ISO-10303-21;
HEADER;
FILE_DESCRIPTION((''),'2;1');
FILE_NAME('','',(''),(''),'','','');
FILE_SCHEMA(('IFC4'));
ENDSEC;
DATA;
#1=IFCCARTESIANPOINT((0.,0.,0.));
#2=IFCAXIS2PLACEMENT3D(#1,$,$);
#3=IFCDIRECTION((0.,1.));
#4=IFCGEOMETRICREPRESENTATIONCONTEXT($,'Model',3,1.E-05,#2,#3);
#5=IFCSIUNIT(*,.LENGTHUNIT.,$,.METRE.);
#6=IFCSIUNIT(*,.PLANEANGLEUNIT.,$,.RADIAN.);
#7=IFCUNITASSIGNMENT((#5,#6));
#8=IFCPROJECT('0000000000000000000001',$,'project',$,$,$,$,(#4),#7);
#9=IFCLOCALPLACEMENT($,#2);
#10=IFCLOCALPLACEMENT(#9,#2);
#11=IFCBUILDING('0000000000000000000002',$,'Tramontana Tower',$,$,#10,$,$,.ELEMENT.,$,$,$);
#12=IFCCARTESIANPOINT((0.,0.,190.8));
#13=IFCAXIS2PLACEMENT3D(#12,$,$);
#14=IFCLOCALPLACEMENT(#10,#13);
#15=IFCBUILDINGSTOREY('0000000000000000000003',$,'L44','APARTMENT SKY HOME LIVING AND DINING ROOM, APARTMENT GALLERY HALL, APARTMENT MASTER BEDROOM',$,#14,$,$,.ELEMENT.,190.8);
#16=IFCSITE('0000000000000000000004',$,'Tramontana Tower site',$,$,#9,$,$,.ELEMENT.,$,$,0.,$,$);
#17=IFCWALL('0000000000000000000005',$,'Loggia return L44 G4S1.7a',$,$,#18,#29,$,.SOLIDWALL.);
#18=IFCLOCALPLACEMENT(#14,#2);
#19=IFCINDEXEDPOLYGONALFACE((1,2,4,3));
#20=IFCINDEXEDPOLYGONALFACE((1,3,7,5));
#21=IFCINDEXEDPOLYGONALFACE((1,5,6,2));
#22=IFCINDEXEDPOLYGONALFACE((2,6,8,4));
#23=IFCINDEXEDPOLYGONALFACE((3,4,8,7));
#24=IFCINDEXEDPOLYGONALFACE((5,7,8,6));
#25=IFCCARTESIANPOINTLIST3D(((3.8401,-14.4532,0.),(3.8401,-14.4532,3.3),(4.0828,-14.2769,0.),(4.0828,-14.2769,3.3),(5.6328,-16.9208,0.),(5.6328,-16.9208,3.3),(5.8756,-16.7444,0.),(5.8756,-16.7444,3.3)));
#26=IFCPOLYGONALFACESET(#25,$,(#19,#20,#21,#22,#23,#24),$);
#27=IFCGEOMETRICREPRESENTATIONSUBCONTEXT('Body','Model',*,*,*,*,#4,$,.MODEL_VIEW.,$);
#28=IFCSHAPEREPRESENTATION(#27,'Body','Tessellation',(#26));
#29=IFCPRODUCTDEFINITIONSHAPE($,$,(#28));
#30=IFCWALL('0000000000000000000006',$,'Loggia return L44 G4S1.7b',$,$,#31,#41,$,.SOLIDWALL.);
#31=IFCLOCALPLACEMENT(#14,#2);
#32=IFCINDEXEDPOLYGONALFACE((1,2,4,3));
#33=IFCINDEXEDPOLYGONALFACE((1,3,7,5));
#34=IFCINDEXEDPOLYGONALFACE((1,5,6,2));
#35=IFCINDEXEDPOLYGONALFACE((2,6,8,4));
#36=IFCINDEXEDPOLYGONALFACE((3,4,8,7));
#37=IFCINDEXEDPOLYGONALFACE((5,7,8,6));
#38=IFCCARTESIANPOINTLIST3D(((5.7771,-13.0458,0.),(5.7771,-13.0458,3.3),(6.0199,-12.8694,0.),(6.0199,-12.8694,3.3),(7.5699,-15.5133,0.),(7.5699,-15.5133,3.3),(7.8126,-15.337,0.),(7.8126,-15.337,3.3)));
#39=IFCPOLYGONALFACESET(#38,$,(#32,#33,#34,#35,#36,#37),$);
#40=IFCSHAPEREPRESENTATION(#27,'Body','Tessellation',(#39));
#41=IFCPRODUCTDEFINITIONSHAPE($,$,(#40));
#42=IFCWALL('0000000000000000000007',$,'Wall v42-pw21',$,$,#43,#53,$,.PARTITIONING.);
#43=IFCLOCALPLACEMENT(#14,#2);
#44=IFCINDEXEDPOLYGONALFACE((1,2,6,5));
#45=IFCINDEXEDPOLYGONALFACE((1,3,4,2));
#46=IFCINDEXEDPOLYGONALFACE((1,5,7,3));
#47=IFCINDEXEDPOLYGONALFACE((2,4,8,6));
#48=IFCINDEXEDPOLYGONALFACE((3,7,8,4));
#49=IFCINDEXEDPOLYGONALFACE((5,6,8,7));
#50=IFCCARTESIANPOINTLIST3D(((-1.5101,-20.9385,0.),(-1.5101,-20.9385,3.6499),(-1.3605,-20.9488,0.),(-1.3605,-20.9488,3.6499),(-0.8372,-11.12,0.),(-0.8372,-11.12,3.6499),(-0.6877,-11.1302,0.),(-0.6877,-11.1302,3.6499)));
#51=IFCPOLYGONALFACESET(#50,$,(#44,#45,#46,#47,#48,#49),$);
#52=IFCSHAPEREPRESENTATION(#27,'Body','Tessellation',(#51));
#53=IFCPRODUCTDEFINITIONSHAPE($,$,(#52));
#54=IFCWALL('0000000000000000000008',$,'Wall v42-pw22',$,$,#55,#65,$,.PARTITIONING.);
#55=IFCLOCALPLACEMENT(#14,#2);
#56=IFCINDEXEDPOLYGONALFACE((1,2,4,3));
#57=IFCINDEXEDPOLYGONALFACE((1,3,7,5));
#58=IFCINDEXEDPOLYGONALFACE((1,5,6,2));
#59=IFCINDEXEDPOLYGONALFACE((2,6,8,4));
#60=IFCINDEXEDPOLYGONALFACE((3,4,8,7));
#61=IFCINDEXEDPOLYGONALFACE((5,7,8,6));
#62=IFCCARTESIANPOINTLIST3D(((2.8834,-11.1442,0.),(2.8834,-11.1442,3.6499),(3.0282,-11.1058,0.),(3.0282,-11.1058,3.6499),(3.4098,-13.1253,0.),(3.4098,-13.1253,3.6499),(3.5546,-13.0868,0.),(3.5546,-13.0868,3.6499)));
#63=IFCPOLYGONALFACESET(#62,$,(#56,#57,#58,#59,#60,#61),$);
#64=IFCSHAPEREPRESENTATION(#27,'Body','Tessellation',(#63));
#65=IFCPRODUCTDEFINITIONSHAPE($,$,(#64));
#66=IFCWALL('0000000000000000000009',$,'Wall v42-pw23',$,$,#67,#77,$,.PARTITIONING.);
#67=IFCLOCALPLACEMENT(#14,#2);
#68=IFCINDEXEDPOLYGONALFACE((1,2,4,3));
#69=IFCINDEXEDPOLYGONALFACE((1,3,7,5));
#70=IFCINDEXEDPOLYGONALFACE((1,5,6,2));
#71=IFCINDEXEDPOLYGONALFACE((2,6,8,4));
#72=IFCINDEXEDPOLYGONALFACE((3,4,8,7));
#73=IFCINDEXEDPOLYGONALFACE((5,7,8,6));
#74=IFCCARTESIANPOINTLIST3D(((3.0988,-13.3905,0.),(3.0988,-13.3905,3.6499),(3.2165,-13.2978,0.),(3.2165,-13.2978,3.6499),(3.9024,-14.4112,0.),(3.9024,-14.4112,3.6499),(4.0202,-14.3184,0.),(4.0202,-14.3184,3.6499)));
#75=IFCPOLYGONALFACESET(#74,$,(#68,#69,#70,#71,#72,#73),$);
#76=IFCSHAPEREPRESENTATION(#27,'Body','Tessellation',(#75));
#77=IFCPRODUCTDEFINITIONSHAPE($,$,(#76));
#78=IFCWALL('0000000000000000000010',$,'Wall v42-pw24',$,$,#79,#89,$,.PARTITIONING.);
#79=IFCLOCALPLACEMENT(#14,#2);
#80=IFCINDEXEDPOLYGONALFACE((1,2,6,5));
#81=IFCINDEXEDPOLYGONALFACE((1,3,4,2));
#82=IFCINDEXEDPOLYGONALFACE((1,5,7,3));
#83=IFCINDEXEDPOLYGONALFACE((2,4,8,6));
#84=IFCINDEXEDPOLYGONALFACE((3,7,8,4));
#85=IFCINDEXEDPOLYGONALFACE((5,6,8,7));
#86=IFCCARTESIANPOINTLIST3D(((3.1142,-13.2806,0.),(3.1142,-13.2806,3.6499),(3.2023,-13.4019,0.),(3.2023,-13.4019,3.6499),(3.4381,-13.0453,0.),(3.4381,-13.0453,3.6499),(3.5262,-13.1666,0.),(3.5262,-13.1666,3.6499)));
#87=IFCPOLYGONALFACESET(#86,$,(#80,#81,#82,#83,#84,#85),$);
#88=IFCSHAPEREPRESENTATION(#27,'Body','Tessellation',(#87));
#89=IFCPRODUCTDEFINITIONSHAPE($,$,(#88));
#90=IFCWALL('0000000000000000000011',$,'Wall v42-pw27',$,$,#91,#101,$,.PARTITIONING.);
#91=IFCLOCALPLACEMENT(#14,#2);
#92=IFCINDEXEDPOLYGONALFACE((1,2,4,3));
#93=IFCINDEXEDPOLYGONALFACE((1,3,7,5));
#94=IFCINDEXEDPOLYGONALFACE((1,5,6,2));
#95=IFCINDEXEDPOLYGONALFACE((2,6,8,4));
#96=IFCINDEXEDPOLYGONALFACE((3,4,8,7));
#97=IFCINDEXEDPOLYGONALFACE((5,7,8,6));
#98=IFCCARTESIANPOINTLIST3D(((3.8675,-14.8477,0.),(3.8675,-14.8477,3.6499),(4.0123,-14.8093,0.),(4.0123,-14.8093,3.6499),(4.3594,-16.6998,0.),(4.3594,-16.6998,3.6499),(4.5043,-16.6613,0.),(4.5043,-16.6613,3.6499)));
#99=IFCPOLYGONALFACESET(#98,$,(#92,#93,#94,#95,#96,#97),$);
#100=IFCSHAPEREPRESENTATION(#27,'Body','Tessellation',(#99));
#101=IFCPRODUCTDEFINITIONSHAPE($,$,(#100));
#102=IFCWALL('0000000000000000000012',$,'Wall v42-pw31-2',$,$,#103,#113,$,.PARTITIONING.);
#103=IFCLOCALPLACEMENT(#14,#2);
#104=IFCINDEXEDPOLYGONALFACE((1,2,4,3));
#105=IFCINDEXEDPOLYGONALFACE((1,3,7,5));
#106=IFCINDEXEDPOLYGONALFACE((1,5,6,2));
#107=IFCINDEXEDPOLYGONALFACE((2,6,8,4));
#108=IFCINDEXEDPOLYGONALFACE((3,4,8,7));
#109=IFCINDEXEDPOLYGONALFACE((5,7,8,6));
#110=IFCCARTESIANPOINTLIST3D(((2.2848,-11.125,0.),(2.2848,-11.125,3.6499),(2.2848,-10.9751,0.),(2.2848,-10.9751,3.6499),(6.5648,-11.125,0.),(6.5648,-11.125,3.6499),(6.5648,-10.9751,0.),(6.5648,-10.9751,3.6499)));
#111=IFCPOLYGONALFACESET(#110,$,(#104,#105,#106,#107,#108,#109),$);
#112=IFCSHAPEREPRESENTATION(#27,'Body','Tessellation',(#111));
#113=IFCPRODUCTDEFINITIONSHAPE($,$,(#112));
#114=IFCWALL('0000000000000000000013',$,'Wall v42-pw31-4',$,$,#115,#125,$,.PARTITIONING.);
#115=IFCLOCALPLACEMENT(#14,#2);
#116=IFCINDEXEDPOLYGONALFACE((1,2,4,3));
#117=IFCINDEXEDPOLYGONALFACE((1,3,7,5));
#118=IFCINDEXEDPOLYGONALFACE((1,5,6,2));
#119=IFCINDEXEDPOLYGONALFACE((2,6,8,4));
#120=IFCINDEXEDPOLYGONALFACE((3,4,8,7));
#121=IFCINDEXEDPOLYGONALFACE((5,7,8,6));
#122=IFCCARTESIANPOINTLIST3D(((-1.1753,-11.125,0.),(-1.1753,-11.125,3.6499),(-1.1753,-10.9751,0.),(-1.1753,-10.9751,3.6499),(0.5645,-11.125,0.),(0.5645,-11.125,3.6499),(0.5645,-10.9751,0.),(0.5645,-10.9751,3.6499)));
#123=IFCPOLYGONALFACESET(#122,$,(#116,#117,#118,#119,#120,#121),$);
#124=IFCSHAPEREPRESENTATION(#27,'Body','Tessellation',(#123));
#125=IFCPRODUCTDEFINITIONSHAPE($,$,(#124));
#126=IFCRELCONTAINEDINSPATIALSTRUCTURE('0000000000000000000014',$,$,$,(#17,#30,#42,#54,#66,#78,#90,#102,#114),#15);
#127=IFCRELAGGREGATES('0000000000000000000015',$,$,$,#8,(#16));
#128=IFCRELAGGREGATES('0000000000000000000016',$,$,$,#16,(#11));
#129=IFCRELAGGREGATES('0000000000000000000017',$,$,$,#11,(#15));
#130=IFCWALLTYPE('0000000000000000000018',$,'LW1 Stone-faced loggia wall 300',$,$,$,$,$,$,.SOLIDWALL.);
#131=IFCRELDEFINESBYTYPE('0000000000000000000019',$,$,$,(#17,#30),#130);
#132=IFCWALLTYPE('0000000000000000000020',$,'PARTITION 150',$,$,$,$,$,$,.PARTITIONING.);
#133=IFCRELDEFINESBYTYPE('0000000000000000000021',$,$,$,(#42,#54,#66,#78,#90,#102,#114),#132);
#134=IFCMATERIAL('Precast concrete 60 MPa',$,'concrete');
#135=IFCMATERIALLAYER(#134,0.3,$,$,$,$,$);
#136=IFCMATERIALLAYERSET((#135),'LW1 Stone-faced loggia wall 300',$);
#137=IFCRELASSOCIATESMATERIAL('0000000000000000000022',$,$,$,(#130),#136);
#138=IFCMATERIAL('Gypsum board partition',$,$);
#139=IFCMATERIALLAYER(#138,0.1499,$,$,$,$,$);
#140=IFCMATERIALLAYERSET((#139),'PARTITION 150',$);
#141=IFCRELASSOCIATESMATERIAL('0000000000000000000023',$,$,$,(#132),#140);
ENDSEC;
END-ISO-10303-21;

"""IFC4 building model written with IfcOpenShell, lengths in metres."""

from ifc_helpers import new_model, si_unit, direction, frame, frame_2d, origin, place, context, subcontext, project, spatial, rectangle, extrude, material, layer, layer_set, type_object, element, save


model = new_model("IFC4")

# Units and contexts
model_context = context("Model", 3, precision=1e-05, world=origin(), true_north=direction((0.0, 1.0)))
body_context = subcontext(model_context, "Body", "Model", "MODEL_VIEW")
ifc_project = project(units=[si_unit("LENGTHUNIT", "METRE"), si_unit("PLANEANGLEUNIT", "RADIAN")], contexts=[model_context])

# Site, building, storey
site_placement = place(None, origin())
site = spatial("IfcSite", under=ifc_project, at=site_placement, Name="Tramontana Tower site", CompositionType="ELEMENT", RefElevation=0.0)
building_placement = place(site_placement, origin())
building = spatial("IfcBuilding", under=site, at=building_placement, Name="Tramontana Tower", CompositionType="ELEMENT")
storey_placement = place(building_placement, frame((0.0, 0.0, 190.8)))
storey = spatial("IfcBuildingStorey", under=building, at=storey_placement, Name="L44", Description="APARTMENT SKY HOME LIVING AND DINING ROOM, APARTMENT GALLERY HALL, APARTMENT MASTER BEDROOM", CompositionType="ELEMENT", Elevation=190.8)

# Shared definitions
ifc_material_1 = material(Name="Precast concrete 60 MPa", Category="concrete")
ifc_layer_1 = layer(ifc_material_1, 0.3)
ifc_layer_set_1 = layer_set([ifc_layer_1], Name="LW1 Stone-faced loggia wall 300")
wall_type_1 = type_object("IfcWallType", Name="LW1 Stone-faced loggia wall 300", PredefinedType="SOLIDWALL", material=ifc_layer_set_1)

# Walls
for number, where, z_axis, x_axis, name in (
    (1, (5.7542, -16.8325, 0.0), (0.0, 0.0, 1.0), (-0.587777, 0.809023, 0.0), "Loggia return L44 G4S1.7a"),
    (2, (7.6912, -15.425, 0.0), (0.0, 0.0, 1.0), (-0.587777, 0.809023, 0.0), "Loggia return L44 G4S1.7b"),
):
    element("IfcWall", number, at=place(storey_placement, frame(where, z_axis=z_axis, x_axis=x_axis)), inside=storey, type_object=wall_type_1, Name=name, PredefinedType="SOLIDWALL", context=body_context, shape_type="SweptSolid", body=[
        extrude(rectangle(XDim=3.05, YDim=0.3, at=frame_2d((1.5249, 0.0))), origin(), (0.0, 0.0, 1.0), 3.3),
    ])
ifc_material_2 = material(Name="Gypsum board partition")
ifc_layer_2 = layer(ifc_material_2, 0.1499)
ifc_layer_set_2 = layer_set([ifc_layer_2], Name="PARTITION 150")
wall_type_2 = type_object("IfcWallType", Name="PARTITION 150", PredefinedType="PARTITIONING", material=ifc_layer_set_2)
wall_1_placement = place(storey_placement, frame((-0.7625, -11.125, 0.0), z_axis=(0.0, 0.0, 1.0), x_axis=(-0.068368, -0.99766, 0.0)))
element("IfcWall", 3, at=wall_1_placement, inside=storey, type_object=wall_type_2, Name="Wall v42-pw21", PredefinedType="PARTITIONING", context=body_context, shape_type="SweptSolid", body=[
    extrude(rectangle(XDim=9.8416, YDim=0.1499, at=frame_2d((4.9209, 0.0))), origin(), (0.0, 0.0, 1.0), 3.6499),
])
wall_2_placement = place(storey_placement, frame((2.9558, -11.125, 0.0), z_axis=(0.0, 0.0, 1.0), x_axis=(0.256803, -0.966464, 0.0)))
element("IfcWall", 4, at=wall_2_placement, inside=storey, type_object=wall_type_2, Name="Wall v42-pw22", PredefinedType="PARTITIONING", context=body_context, shape_type="SweptSolid", body=[
    extrude(rectangle(XDim=2.0498, YDim=0.1499, at=frame_2d((1.0249, 0.0))), origin(), (0.0, 0.0, 1.0), 3.6499),
])
wall_3_placement = place(storey_placement, frame((3.1577, -13.3442, 0.0), z_axis=(0.0, 0.0, 1.0), x_axis=(0.618626, -0.785685, 0.0)))
element("IfcWall", 5, at=wall_3_placement, inside=storey, type_object=wall_type_2, Name="Wall v42-pw23", PredefinedType="PARTITIONING", context=body_context, shape_type="SweptSolid", body=[
    extrude(rectangle(XDim=1.2991, YDim=0.1499, at=frame_2d((0.6494, 0.0))), origin(), (0.0, 0.0, 1.0), 3.6499),
])
wall_4_placement = place(storey_placement, frame((3.4822, -13.106, 0.0), z_axis=(0.0, 0.0, 1.0), x_axis=(-0.809052, -0.587737, 0.0)))
element("IfcWall", 6, at=wall_4_placement, inside=storey, type_object=wall_type_2, Name="Wall v42-pw24", PredefinedType="PARTITIONING", context=body_context, shape_type="SweptSolid", body=[
    extrude(rectangle(XDim=0.4004, YDim=0.1499, at=frame_2d((0.2002, 0.0))), origin(), (0.0, 0.0, 1.0), 3.6499),
])
wall_5_placement = place(storey_placement, frame((3.9399, -14.8286, 0.0), z_axis=(0.0, 0.0, 1.0), x_axis=(0.256719, -0.966486, 0.0)))
element("IfcWall", 7, at=wall_5_placement, inside=storey, type_object=wall_type_2, Name="Wall v42-pw27", PredefinedType="PARTITIONING", context=body_context, shape_type="SweptSolid", body=[
    extrude(rectangle(XDim=1.9163, YDim=0.1499, at=frame_2d((0.958, 0.0))), origin(), (0.0, 0.0, 1.0), 3.6499),
])
wall_6_placement = place(storey_placement, frame((6.5649, -11.05, 0.0), z_axis=(0.0, 0.0, 1.0), x_axis=(-1.0, 0.0, 0.0)))
element("IfcWall", 8, at=wall_6_placement, inside=storey, type_object=wall_type_2, Name="Wall v42-pw31-2", PredefinedType="PARTITIONING", context=body_context, shape_type="SweptSolid", body=[
    extrude(rectangle(XDim=4.28, YDim=0.1499, at=frame_2d((2.1401, 0.0))), origin(), (0.0, 0.0, 1.0), 3.6499),
])

# Wall
wall_7_placement = place(storey_placement, frame((0.5645, -11.05, 0.0), z_axis=(0.0, 0.0, 1.0), x_axis=(-1.0, 0.0, 0.0)))
element("IfcWall", 9, at=wall_7_placement, inside=storey, type_object=wall_type_2, Name="Wall v42-pw31-4", PredefinedType="PARTITIONING", context=body_context, shape_type="SweptSolid", body=[
    extrude(rectangle(XDim=1.7397, YDim=0.1499, at=frame_2d((0.8699, 0.0))), origin(), (0.0, 0.0, 1.0), 3.6499),
])

save(model, "model.ifc")
